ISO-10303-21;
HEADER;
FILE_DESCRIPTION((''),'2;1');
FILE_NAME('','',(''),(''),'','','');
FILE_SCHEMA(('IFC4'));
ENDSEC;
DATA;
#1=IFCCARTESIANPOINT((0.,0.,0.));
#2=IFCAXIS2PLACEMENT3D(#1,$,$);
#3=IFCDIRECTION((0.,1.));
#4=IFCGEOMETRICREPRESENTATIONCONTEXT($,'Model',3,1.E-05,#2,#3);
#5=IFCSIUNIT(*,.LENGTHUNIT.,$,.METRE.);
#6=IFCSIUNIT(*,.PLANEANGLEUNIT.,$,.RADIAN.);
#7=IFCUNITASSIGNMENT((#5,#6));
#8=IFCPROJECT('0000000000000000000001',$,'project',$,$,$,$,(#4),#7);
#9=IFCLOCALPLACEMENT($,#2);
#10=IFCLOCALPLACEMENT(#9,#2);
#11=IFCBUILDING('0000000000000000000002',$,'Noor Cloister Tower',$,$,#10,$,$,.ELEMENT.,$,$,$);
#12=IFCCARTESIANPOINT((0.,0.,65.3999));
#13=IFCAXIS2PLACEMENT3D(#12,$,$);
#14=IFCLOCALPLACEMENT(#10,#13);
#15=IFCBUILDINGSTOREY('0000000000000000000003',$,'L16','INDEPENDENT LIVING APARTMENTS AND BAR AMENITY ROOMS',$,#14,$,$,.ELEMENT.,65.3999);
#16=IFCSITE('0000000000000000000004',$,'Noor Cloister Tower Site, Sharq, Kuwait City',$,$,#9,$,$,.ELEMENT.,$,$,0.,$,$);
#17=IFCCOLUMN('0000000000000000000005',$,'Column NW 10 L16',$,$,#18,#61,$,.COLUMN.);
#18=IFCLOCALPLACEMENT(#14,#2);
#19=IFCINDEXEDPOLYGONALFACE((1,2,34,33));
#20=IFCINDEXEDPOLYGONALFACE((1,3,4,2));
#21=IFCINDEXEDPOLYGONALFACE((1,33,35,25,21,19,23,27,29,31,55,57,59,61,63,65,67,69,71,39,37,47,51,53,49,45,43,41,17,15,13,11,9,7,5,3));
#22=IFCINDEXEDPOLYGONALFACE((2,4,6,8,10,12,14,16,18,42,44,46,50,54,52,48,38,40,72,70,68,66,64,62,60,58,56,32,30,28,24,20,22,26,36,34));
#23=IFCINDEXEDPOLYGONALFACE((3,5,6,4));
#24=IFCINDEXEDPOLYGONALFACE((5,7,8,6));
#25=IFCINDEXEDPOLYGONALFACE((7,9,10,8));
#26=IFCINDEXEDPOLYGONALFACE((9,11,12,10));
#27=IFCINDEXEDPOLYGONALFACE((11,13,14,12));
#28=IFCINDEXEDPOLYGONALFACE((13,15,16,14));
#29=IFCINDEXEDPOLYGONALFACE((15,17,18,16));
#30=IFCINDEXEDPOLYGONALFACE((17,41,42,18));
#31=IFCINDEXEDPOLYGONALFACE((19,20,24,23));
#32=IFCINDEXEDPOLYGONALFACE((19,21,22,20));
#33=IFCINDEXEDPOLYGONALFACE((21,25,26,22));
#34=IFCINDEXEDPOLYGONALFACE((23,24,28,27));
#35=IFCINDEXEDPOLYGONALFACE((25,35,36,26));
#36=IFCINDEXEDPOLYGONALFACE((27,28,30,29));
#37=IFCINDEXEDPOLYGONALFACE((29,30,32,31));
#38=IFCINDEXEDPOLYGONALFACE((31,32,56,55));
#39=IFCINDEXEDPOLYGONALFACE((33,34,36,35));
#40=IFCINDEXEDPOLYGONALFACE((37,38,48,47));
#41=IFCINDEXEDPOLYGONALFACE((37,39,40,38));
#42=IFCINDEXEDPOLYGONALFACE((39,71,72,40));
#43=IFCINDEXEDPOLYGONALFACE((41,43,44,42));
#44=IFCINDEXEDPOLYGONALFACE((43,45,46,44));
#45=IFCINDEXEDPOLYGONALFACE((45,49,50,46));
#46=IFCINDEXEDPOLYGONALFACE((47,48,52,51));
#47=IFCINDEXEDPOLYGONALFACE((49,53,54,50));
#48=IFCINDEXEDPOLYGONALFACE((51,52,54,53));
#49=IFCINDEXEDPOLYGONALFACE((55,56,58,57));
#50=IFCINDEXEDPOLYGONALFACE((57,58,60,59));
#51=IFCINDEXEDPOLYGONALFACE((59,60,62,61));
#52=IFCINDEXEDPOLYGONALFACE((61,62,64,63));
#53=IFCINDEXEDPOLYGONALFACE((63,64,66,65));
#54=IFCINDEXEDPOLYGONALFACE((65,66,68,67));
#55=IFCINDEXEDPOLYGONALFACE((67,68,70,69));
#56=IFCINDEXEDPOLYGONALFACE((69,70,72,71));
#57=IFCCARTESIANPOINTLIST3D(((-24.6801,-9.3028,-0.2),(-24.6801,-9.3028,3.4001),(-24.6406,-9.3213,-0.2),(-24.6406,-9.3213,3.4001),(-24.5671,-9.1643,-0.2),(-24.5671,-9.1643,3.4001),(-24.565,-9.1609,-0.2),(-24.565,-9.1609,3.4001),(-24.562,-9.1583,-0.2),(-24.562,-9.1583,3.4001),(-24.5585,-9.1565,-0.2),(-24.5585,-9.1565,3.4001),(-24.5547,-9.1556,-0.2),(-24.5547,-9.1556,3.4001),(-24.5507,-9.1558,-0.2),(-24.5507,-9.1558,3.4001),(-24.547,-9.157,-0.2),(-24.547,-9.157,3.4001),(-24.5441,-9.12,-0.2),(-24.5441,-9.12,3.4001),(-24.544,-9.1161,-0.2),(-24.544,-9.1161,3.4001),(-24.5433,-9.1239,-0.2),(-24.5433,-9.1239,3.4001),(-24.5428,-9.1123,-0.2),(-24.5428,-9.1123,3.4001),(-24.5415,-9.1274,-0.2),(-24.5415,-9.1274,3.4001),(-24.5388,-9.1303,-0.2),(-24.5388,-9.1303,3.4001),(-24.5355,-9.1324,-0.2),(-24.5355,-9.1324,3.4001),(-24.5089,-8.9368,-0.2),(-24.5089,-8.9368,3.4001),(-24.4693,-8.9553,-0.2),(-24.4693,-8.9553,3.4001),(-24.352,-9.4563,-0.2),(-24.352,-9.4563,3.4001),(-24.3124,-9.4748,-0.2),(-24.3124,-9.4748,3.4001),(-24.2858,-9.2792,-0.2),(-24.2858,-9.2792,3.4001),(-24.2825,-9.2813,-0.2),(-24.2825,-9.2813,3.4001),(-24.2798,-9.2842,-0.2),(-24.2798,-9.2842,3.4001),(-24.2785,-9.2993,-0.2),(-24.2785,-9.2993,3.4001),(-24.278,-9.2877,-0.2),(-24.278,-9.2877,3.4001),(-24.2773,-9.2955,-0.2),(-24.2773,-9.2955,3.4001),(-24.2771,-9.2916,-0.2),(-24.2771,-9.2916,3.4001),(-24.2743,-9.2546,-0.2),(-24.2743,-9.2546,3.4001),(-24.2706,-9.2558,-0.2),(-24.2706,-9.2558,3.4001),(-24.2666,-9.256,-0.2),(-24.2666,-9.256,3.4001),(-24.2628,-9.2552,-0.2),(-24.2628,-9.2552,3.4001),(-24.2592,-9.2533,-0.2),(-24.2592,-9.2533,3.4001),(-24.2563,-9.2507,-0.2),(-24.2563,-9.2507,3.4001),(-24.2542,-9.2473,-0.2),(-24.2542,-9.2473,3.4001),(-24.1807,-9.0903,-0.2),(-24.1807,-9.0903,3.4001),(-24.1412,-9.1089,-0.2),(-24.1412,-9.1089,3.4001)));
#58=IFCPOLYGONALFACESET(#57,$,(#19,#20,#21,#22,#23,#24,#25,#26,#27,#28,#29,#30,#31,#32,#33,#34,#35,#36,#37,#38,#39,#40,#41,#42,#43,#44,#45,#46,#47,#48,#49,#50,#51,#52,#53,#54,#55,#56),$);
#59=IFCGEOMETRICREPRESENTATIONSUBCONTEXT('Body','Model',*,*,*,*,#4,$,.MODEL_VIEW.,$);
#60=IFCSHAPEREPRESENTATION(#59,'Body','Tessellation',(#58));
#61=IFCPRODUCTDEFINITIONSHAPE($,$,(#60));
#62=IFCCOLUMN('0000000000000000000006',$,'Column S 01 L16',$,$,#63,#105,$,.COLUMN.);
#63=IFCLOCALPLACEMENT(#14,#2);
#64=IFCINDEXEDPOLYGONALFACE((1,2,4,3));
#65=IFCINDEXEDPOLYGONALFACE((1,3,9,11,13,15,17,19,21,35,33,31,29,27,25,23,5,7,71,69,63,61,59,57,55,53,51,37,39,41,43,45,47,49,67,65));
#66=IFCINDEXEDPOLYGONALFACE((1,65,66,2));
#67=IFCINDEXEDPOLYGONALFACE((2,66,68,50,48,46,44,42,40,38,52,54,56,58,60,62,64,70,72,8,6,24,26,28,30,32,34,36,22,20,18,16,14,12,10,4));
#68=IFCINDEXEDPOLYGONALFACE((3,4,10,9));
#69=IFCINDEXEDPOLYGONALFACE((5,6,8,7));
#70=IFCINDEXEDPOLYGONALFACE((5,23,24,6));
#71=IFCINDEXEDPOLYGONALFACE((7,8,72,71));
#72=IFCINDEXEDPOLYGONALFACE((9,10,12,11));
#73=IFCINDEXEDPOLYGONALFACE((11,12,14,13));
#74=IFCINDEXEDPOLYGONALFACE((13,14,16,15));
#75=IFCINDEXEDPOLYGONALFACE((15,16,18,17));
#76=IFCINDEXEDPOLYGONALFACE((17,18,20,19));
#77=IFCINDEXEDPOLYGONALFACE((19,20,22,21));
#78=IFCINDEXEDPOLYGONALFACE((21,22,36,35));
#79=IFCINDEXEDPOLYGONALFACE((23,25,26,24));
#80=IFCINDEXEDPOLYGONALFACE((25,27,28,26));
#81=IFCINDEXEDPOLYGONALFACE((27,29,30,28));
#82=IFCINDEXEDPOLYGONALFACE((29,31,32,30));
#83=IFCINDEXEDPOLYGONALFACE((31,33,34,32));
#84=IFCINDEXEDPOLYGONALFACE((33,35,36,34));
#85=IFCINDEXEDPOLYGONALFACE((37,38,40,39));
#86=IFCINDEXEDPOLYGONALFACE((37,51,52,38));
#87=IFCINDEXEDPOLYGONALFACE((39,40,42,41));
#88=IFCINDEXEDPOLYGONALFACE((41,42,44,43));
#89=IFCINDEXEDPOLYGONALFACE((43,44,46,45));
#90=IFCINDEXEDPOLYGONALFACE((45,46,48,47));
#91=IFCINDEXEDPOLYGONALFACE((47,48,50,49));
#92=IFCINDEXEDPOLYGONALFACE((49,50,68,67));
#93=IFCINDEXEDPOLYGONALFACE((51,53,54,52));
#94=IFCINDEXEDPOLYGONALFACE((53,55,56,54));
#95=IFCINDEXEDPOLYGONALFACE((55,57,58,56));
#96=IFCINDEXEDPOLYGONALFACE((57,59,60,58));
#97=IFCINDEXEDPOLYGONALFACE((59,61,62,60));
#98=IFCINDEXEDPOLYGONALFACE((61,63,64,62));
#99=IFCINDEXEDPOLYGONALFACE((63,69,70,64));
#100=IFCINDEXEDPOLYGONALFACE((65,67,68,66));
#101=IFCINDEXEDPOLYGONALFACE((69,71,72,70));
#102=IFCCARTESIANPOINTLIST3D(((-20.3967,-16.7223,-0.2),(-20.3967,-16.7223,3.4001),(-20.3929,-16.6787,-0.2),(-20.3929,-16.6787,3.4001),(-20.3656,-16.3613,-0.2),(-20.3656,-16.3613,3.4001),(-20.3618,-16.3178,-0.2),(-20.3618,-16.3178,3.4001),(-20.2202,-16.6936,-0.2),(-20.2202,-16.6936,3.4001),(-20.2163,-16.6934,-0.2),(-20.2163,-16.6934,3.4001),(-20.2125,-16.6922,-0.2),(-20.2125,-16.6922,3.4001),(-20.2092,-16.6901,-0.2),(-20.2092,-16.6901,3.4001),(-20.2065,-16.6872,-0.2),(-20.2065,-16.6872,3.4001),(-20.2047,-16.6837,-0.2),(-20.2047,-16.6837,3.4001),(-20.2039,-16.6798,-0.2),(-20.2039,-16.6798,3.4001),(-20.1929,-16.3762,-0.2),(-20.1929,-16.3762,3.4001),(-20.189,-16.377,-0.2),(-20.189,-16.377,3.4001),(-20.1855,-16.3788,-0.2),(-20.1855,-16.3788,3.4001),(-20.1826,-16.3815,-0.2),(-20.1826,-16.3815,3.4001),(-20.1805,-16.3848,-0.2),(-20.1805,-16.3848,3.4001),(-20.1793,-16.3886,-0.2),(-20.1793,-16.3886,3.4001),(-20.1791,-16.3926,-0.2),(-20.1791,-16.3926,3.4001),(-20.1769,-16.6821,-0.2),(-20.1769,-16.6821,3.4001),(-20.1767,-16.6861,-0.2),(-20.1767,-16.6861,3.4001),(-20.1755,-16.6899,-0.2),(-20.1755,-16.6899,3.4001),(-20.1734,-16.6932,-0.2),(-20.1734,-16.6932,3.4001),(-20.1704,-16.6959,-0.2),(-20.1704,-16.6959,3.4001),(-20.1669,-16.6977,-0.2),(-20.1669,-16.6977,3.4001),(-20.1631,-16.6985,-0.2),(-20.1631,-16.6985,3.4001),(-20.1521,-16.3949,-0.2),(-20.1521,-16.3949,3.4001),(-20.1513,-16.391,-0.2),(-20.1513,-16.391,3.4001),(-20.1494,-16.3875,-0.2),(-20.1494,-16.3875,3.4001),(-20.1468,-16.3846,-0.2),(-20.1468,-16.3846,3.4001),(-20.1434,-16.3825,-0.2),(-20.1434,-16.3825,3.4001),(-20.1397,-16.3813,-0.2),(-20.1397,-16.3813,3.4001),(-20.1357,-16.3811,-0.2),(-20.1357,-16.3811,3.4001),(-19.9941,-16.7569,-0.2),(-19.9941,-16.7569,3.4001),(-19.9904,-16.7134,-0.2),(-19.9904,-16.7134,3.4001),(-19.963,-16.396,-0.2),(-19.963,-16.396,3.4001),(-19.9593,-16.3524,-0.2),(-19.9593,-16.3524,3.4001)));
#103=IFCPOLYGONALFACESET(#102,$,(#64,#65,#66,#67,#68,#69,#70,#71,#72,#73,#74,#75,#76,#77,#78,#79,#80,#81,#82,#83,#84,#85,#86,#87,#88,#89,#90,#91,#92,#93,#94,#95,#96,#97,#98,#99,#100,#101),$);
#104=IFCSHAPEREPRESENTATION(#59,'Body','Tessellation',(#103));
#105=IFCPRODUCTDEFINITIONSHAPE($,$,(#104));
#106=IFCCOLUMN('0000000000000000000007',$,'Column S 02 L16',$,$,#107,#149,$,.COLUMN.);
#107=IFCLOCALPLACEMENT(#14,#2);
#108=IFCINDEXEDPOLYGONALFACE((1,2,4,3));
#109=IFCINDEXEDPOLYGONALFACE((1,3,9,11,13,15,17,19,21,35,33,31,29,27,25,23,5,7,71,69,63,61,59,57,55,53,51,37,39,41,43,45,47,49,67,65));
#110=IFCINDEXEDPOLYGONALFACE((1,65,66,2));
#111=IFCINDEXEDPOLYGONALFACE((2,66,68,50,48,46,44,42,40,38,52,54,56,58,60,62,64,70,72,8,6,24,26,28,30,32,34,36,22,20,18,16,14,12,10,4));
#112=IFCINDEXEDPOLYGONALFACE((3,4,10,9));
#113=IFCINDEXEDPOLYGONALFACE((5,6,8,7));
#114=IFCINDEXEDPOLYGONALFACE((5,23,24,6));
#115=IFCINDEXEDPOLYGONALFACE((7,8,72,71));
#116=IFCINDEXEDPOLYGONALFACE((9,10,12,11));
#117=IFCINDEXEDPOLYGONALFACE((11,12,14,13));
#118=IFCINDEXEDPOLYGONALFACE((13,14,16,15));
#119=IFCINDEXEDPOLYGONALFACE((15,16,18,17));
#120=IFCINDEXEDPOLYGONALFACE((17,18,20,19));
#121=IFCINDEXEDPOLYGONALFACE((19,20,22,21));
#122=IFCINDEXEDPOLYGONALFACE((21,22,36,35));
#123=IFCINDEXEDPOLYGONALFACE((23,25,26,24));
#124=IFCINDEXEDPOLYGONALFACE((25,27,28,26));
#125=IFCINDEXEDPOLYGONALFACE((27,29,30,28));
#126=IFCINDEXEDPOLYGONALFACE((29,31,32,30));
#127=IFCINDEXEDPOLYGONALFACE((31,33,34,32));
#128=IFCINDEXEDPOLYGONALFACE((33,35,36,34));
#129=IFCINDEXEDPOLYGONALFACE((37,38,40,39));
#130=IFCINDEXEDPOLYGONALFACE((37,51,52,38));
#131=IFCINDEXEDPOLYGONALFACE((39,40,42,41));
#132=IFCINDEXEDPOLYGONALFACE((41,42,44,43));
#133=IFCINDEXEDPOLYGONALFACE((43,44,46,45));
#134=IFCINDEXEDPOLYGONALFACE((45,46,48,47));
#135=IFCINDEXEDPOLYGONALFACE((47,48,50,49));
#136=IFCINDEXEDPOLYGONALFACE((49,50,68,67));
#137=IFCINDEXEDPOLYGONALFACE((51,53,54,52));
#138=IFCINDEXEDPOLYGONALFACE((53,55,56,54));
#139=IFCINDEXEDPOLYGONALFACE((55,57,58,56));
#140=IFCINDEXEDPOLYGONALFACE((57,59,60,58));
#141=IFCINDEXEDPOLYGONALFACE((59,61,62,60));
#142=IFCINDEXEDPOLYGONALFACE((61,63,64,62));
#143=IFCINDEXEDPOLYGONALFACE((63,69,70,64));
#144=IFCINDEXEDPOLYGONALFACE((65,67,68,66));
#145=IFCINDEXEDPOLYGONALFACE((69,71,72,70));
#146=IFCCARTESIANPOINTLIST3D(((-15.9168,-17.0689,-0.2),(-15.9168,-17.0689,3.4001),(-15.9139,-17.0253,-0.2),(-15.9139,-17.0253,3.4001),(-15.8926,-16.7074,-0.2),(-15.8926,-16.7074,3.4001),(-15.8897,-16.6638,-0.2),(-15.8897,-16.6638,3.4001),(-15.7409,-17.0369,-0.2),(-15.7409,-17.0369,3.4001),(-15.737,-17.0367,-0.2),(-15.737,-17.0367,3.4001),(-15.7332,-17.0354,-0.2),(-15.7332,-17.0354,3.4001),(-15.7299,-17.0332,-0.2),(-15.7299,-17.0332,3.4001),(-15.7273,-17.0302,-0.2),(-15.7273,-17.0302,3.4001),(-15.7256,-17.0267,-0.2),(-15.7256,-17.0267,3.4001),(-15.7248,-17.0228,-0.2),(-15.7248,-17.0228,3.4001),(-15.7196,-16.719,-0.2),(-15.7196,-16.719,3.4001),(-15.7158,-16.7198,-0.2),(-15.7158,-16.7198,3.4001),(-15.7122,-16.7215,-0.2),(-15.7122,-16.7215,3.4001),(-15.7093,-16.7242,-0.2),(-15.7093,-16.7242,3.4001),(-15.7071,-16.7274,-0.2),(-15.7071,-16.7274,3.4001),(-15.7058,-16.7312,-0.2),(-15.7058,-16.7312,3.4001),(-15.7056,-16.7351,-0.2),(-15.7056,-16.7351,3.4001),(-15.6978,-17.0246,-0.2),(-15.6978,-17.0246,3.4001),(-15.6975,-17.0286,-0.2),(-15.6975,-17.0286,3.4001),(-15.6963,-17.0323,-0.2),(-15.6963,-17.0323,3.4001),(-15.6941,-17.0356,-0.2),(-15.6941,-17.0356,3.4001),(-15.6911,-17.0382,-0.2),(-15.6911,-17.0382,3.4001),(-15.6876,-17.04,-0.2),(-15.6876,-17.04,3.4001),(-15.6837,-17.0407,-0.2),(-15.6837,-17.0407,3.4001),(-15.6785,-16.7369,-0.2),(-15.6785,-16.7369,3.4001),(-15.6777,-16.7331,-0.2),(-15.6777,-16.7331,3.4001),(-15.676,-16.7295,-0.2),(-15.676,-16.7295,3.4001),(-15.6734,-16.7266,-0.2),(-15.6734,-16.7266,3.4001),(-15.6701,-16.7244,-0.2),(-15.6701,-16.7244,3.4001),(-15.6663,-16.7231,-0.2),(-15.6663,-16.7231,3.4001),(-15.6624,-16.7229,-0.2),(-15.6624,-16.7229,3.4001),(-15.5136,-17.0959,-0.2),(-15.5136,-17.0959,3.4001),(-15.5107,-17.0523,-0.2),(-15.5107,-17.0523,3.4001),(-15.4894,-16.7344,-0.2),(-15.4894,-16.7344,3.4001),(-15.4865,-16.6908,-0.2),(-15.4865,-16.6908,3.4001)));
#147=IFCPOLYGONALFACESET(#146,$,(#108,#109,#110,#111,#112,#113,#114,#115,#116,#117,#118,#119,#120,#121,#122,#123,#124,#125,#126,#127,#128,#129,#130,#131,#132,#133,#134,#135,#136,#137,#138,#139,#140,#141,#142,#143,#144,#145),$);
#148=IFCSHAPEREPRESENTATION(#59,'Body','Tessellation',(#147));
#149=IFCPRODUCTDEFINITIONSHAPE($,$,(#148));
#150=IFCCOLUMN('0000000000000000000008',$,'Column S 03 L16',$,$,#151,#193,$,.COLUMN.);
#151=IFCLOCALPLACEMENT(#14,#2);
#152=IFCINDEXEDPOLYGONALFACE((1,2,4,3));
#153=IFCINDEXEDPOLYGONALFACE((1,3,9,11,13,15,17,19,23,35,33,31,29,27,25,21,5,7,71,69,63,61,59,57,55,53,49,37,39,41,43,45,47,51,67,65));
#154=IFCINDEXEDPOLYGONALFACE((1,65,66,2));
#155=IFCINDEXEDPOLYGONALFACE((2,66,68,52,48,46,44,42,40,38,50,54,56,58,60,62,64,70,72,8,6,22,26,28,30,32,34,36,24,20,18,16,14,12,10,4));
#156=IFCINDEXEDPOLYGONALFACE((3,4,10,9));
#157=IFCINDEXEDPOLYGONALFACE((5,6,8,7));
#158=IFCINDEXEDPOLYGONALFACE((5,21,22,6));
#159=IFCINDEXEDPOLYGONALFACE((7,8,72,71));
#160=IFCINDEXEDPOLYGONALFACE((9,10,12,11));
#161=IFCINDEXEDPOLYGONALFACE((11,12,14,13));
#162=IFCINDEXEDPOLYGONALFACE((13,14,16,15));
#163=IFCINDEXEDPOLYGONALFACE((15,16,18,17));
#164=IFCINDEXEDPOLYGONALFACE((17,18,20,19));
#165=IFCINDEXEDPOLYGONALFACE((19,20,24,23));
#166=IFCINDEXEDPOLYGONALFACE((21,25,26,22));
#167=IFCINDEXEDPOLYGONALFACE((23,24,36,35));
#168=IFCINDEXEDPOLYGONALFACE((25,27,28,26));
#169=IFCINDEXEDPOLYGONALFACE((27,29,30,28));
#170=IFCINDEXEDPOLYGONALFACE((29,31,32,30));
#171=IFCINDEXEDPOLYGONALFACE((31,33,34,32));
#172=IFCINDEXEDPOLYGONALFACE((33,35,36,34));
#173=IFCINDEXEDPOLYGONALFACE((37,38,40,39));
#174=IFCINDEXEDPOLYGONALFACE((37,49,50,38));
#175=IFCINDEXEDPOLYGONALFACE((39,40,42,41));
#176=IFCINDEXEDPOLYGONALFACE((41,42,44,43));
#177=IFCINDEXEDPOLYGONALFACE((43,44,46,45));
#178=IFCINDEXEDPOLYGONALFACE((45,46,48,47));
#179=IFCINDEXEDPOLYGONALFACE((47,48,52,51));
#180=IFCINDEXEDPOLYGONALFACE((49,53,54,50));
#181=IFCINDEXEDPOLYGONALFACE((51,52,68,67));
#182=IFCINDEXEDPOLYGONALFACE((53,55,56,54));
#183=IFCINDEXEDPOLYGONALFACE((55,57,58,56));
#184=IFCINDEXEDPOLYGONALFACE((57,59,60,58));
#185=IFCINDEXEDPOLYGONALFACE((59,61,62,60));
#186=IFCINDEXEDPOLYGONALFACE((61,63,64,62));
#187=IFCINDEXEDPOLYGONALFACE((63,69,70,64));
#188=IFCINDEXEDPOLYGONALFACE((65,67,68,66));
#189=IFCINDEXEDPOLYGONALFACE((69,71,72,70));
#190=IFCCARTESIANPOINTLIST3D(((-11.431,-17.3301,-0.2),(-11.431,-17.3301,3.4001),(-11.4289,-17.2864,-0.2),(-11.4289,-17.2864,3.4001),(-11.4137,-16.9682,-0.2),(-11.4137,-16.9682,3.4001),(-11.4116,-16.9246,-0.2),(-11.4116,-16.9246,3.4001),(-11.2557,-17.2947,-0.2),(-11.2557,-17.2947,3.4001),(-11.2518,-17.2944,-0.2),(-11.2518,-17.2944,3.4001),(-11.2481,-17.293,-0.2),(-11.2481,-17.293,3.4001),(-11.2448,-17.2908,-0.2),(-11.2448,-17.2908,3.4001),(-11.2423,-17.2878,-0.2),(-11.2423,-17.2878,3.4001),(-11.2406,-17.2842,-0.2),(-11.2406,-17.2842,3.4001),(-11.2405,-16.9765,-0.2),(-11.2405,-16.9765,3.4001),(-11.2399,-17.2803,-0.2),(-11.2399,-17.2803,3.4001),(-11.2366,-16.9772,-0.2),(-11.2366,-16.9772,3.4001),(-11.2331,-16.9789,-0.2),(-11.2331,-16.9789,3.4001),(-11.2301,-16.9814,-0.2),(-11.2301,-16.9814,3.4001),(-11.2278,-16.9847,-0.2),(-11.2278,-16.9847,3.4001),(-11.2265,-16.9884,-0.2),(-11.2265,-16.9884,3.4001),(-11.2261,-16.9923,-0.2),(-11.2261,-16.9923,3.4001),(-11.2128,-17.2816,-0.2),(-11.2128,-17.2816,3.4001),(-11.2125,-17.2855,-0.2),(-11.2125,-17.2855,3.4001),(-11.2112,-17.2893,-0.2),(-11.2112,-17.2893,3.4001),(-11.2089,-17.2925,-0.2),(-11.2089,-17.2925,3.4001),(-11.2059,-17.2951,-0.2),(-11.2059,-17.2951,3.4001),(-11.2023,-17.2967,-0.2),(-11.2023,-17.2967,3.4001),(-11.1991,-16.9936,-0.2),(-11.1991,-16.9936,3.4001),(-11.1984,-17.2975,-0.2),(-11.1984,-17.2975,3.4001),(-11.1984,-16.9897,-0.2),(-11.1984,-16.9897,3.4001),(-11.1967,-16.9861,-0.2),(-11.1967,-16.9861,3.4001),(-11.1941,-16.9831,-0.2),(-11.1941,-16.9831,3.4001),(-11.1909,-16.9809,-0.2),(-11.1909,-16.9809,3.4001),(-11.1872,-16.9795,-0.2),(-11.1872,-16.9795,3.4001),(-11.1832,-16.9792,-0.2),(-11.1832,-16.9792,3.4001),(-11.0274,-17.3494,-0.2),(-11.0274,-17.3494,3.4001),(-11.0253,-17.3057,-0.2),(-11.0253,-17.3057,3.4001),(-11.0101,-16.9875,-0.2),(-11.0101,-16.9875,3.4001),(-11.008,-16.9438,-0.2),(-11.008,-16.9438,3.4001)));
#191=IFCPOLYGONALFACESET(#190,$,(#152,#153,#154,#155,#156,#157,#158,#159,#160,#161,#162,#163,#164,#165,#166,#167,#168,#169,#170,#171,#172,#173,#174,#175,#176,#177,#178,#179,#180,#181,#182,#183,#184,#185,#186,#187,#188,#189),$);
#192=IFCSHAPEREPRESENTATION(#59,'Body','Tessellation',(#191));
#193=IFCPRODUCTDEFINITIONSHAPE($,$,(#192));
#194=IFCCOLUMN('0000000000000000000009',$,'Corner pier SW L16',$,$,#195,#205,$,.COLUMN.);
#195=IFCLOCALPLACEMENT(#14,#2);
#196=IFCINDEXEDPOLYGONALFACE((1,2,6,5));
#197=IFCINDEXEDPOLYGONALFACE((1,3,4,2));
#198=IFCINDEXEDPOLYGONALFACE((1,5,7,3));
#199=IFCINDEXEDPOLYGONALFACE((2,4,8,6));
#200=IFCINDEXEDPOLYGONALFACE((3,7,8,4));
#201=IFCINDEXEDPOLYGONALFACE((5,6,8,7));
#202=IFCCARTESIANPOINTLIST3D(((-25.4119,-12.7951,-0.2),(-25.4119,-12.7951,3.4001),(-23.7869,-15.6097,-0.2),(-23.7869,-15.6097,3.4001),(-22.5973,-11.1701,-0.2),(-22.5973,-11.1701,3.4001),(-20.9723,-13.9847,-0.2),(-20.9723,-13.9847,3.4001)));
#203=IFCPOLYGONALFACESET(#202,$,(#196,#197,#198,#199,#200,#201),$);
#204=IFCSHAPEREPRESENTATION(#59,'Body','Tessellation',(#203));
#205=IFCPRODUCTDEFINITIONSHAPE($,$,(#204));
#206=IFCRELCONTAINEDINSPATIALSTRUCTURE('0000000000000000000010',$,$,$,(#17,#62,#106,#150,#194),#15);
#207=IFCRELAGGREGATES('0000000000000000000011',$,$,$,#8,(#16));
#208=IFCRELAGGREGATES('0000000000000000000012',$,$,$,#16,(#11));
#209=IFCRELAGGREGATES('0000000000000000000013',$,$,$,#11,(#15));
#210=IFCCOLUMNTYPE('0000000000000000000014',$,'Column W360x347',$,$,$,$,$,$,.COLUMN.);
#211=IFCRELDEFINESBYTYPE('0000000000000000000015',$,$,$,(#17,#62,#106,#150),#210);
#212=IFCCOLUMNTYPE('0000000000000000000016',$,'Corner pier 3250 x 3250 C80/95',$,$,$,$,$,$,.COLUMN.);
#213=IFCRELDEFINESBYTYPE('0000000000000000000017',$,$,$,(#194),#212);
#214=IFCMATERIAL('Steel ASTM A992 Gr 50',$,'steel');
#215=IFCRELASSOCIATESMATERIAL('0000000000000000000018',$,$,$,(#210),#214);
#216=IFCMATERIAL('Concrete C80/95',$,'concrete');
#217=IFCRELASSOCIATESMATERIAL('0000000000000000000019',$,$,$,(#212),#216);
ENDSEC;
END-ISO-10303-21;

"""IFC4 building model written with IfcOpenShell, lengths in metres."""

from ifc_helpers import new_model, si_unit, direction, frame, origin, origin_2d, place, context, subcontext, project, spatial, rectangle, i_section, extrude, material, material_profile, profile_set, type_object, element, save


model = new_model("IFC4")

# Units and contexts
model_context = context("Model", 3, precision=1e-05, world=origin(), true_north=direction((0.0, 1.0)))
body_context = subcontext(model_context, "Body", "Model", "MODEL_VIEW")
ifc_project = project(units=[si_unit("LENGTHUNIT", "METRE"), si_unit("PLANEANGLEUNIT", "RADIAN")], contexts=[model_context])

# Site, building, storey
site_placement = place(None, origin())
site = spatial("IfcSite", under=ifc_project, at=site_placement, Name="Noor Cloister Tower Site, Sharq, Kuwait City", CompositionType="ELEMENT", RefElevation=0.0)
building_placement = place(site_placement, origin())
building = spatial("IfcBuilding", under=site, at=building_placement, Name="Noor Cloister Tower", CompositionType="ELEMENT")
storey_placement = place(building_placement, frame((0.0, 0.0, 65.3999)))
storey = spatial("IfcBuildingStorey", under=building, at=storey_placement, Name="L16", Description="INDEPENDENT LIVING APARTMENTS AND BAR AMENITY ROOMS", CompositionType="ELEMENT", Elevation=65.3999)

# Columns
ifc_material_1 = material(Name="Steel ASTM A992 Gr 50", Category="steel")
ifc_material_profile_1 = material_profile(ifc_material_1, i_section(OverallWidth=0.4041, OverallDepth=0.406, WebThickness=0.0271, FlangeThickness=0.0437, FilletRadius=0.0151, at=origin_2d()), Name="W360x347")
ifc_profile_set_1 = profile_set([ifc_material_profile_1], Name="Steel ASTM A992 Gr 50")
column_type_1 = type_object("IfcColumnType", Name="Column W360x347", PredefinedType="COLUMN", material=ifc_profile_set_1)
for number, where, z_axis, x_axis, name in (
    (1, (-24.4106, -9.2058, -0.2), (0.0, 0.0, 1.0), (-0.423826, -0.905744, 0.0), "Column NW 10 L16"),
    (2, (-20.178, -16.5374, -0.2), (0.0, 0.0, 1.0), (0.99631, -0.085828, 0.0), "Column S 01 L16"),
    (3, (-15.7017, -16.8799, -0.2), (0.0, 0.0, 1.0), (0.997767, -0.066787, 0.0), "Column S 02 L16"),
    (4, (-11.2195, -17.137, -0.2), (0.0, 0.0, 1.0), (0.998861, -0.047723, 0.0), "Column S 03 L16"),
):
    element("IfcColumn", number, at=place(storey_placement, frame(where, z_axis=z_axis, x_axis=x_axis)), inside=storey, type_object=column_type_1, Name=name, PredefinedType="COLUMN", context=body_context, shape_type="SweptSolid", body=[
        extrude(i_section(OverallWidth=0.4041, OverallDepth=0.406, WebThickness=0.0271, FlangeThickness=0.0437, FilletRadius=0.0151, at=origin_2d()), origin(), (0.0, 0.0, 1.0), 3.6001),
    ])
ifc_material_2 = material(Name="Concrete C80/95", Category="concrete")
ifc_material_profile_2 = material_profile(ifc_material_2, rectangle(XDim=3.25, YDim=3.25, at=origin_2d()), Name="RC 3250x3250")
ifc_profile_set_2 = profile_set([ifc_material_profile_2], Name="Concrete C80/95")
column_type_2 = type_object("IfcColumnType", Name="Corner pier 3250 x 3250 C80/95", PredefinedType="COLUMN", material=ifc_profile_set_2)
column_placement = place(storey_placement, frame((-23.1921, -13.3899, -0.2), z_axis=(0.0, 0.0, 1.0), x_axis=(-0.866025, -0.5, 0.0)))
element("IfcColumn", 5, at=column_placement, inside=storey, type_object=column_type_2, Name="Corner pier SW L16", PredefinedType="COLUMN", context=body_context, shape_type="SweptSolid", body=[
    extrude(rectangle(XDim=3.25, YDim=3.25, at=origin_2d()), origin(), (0.0, 0.0, 1.0), 3.6001),
])

save(model, "model.ifc")
